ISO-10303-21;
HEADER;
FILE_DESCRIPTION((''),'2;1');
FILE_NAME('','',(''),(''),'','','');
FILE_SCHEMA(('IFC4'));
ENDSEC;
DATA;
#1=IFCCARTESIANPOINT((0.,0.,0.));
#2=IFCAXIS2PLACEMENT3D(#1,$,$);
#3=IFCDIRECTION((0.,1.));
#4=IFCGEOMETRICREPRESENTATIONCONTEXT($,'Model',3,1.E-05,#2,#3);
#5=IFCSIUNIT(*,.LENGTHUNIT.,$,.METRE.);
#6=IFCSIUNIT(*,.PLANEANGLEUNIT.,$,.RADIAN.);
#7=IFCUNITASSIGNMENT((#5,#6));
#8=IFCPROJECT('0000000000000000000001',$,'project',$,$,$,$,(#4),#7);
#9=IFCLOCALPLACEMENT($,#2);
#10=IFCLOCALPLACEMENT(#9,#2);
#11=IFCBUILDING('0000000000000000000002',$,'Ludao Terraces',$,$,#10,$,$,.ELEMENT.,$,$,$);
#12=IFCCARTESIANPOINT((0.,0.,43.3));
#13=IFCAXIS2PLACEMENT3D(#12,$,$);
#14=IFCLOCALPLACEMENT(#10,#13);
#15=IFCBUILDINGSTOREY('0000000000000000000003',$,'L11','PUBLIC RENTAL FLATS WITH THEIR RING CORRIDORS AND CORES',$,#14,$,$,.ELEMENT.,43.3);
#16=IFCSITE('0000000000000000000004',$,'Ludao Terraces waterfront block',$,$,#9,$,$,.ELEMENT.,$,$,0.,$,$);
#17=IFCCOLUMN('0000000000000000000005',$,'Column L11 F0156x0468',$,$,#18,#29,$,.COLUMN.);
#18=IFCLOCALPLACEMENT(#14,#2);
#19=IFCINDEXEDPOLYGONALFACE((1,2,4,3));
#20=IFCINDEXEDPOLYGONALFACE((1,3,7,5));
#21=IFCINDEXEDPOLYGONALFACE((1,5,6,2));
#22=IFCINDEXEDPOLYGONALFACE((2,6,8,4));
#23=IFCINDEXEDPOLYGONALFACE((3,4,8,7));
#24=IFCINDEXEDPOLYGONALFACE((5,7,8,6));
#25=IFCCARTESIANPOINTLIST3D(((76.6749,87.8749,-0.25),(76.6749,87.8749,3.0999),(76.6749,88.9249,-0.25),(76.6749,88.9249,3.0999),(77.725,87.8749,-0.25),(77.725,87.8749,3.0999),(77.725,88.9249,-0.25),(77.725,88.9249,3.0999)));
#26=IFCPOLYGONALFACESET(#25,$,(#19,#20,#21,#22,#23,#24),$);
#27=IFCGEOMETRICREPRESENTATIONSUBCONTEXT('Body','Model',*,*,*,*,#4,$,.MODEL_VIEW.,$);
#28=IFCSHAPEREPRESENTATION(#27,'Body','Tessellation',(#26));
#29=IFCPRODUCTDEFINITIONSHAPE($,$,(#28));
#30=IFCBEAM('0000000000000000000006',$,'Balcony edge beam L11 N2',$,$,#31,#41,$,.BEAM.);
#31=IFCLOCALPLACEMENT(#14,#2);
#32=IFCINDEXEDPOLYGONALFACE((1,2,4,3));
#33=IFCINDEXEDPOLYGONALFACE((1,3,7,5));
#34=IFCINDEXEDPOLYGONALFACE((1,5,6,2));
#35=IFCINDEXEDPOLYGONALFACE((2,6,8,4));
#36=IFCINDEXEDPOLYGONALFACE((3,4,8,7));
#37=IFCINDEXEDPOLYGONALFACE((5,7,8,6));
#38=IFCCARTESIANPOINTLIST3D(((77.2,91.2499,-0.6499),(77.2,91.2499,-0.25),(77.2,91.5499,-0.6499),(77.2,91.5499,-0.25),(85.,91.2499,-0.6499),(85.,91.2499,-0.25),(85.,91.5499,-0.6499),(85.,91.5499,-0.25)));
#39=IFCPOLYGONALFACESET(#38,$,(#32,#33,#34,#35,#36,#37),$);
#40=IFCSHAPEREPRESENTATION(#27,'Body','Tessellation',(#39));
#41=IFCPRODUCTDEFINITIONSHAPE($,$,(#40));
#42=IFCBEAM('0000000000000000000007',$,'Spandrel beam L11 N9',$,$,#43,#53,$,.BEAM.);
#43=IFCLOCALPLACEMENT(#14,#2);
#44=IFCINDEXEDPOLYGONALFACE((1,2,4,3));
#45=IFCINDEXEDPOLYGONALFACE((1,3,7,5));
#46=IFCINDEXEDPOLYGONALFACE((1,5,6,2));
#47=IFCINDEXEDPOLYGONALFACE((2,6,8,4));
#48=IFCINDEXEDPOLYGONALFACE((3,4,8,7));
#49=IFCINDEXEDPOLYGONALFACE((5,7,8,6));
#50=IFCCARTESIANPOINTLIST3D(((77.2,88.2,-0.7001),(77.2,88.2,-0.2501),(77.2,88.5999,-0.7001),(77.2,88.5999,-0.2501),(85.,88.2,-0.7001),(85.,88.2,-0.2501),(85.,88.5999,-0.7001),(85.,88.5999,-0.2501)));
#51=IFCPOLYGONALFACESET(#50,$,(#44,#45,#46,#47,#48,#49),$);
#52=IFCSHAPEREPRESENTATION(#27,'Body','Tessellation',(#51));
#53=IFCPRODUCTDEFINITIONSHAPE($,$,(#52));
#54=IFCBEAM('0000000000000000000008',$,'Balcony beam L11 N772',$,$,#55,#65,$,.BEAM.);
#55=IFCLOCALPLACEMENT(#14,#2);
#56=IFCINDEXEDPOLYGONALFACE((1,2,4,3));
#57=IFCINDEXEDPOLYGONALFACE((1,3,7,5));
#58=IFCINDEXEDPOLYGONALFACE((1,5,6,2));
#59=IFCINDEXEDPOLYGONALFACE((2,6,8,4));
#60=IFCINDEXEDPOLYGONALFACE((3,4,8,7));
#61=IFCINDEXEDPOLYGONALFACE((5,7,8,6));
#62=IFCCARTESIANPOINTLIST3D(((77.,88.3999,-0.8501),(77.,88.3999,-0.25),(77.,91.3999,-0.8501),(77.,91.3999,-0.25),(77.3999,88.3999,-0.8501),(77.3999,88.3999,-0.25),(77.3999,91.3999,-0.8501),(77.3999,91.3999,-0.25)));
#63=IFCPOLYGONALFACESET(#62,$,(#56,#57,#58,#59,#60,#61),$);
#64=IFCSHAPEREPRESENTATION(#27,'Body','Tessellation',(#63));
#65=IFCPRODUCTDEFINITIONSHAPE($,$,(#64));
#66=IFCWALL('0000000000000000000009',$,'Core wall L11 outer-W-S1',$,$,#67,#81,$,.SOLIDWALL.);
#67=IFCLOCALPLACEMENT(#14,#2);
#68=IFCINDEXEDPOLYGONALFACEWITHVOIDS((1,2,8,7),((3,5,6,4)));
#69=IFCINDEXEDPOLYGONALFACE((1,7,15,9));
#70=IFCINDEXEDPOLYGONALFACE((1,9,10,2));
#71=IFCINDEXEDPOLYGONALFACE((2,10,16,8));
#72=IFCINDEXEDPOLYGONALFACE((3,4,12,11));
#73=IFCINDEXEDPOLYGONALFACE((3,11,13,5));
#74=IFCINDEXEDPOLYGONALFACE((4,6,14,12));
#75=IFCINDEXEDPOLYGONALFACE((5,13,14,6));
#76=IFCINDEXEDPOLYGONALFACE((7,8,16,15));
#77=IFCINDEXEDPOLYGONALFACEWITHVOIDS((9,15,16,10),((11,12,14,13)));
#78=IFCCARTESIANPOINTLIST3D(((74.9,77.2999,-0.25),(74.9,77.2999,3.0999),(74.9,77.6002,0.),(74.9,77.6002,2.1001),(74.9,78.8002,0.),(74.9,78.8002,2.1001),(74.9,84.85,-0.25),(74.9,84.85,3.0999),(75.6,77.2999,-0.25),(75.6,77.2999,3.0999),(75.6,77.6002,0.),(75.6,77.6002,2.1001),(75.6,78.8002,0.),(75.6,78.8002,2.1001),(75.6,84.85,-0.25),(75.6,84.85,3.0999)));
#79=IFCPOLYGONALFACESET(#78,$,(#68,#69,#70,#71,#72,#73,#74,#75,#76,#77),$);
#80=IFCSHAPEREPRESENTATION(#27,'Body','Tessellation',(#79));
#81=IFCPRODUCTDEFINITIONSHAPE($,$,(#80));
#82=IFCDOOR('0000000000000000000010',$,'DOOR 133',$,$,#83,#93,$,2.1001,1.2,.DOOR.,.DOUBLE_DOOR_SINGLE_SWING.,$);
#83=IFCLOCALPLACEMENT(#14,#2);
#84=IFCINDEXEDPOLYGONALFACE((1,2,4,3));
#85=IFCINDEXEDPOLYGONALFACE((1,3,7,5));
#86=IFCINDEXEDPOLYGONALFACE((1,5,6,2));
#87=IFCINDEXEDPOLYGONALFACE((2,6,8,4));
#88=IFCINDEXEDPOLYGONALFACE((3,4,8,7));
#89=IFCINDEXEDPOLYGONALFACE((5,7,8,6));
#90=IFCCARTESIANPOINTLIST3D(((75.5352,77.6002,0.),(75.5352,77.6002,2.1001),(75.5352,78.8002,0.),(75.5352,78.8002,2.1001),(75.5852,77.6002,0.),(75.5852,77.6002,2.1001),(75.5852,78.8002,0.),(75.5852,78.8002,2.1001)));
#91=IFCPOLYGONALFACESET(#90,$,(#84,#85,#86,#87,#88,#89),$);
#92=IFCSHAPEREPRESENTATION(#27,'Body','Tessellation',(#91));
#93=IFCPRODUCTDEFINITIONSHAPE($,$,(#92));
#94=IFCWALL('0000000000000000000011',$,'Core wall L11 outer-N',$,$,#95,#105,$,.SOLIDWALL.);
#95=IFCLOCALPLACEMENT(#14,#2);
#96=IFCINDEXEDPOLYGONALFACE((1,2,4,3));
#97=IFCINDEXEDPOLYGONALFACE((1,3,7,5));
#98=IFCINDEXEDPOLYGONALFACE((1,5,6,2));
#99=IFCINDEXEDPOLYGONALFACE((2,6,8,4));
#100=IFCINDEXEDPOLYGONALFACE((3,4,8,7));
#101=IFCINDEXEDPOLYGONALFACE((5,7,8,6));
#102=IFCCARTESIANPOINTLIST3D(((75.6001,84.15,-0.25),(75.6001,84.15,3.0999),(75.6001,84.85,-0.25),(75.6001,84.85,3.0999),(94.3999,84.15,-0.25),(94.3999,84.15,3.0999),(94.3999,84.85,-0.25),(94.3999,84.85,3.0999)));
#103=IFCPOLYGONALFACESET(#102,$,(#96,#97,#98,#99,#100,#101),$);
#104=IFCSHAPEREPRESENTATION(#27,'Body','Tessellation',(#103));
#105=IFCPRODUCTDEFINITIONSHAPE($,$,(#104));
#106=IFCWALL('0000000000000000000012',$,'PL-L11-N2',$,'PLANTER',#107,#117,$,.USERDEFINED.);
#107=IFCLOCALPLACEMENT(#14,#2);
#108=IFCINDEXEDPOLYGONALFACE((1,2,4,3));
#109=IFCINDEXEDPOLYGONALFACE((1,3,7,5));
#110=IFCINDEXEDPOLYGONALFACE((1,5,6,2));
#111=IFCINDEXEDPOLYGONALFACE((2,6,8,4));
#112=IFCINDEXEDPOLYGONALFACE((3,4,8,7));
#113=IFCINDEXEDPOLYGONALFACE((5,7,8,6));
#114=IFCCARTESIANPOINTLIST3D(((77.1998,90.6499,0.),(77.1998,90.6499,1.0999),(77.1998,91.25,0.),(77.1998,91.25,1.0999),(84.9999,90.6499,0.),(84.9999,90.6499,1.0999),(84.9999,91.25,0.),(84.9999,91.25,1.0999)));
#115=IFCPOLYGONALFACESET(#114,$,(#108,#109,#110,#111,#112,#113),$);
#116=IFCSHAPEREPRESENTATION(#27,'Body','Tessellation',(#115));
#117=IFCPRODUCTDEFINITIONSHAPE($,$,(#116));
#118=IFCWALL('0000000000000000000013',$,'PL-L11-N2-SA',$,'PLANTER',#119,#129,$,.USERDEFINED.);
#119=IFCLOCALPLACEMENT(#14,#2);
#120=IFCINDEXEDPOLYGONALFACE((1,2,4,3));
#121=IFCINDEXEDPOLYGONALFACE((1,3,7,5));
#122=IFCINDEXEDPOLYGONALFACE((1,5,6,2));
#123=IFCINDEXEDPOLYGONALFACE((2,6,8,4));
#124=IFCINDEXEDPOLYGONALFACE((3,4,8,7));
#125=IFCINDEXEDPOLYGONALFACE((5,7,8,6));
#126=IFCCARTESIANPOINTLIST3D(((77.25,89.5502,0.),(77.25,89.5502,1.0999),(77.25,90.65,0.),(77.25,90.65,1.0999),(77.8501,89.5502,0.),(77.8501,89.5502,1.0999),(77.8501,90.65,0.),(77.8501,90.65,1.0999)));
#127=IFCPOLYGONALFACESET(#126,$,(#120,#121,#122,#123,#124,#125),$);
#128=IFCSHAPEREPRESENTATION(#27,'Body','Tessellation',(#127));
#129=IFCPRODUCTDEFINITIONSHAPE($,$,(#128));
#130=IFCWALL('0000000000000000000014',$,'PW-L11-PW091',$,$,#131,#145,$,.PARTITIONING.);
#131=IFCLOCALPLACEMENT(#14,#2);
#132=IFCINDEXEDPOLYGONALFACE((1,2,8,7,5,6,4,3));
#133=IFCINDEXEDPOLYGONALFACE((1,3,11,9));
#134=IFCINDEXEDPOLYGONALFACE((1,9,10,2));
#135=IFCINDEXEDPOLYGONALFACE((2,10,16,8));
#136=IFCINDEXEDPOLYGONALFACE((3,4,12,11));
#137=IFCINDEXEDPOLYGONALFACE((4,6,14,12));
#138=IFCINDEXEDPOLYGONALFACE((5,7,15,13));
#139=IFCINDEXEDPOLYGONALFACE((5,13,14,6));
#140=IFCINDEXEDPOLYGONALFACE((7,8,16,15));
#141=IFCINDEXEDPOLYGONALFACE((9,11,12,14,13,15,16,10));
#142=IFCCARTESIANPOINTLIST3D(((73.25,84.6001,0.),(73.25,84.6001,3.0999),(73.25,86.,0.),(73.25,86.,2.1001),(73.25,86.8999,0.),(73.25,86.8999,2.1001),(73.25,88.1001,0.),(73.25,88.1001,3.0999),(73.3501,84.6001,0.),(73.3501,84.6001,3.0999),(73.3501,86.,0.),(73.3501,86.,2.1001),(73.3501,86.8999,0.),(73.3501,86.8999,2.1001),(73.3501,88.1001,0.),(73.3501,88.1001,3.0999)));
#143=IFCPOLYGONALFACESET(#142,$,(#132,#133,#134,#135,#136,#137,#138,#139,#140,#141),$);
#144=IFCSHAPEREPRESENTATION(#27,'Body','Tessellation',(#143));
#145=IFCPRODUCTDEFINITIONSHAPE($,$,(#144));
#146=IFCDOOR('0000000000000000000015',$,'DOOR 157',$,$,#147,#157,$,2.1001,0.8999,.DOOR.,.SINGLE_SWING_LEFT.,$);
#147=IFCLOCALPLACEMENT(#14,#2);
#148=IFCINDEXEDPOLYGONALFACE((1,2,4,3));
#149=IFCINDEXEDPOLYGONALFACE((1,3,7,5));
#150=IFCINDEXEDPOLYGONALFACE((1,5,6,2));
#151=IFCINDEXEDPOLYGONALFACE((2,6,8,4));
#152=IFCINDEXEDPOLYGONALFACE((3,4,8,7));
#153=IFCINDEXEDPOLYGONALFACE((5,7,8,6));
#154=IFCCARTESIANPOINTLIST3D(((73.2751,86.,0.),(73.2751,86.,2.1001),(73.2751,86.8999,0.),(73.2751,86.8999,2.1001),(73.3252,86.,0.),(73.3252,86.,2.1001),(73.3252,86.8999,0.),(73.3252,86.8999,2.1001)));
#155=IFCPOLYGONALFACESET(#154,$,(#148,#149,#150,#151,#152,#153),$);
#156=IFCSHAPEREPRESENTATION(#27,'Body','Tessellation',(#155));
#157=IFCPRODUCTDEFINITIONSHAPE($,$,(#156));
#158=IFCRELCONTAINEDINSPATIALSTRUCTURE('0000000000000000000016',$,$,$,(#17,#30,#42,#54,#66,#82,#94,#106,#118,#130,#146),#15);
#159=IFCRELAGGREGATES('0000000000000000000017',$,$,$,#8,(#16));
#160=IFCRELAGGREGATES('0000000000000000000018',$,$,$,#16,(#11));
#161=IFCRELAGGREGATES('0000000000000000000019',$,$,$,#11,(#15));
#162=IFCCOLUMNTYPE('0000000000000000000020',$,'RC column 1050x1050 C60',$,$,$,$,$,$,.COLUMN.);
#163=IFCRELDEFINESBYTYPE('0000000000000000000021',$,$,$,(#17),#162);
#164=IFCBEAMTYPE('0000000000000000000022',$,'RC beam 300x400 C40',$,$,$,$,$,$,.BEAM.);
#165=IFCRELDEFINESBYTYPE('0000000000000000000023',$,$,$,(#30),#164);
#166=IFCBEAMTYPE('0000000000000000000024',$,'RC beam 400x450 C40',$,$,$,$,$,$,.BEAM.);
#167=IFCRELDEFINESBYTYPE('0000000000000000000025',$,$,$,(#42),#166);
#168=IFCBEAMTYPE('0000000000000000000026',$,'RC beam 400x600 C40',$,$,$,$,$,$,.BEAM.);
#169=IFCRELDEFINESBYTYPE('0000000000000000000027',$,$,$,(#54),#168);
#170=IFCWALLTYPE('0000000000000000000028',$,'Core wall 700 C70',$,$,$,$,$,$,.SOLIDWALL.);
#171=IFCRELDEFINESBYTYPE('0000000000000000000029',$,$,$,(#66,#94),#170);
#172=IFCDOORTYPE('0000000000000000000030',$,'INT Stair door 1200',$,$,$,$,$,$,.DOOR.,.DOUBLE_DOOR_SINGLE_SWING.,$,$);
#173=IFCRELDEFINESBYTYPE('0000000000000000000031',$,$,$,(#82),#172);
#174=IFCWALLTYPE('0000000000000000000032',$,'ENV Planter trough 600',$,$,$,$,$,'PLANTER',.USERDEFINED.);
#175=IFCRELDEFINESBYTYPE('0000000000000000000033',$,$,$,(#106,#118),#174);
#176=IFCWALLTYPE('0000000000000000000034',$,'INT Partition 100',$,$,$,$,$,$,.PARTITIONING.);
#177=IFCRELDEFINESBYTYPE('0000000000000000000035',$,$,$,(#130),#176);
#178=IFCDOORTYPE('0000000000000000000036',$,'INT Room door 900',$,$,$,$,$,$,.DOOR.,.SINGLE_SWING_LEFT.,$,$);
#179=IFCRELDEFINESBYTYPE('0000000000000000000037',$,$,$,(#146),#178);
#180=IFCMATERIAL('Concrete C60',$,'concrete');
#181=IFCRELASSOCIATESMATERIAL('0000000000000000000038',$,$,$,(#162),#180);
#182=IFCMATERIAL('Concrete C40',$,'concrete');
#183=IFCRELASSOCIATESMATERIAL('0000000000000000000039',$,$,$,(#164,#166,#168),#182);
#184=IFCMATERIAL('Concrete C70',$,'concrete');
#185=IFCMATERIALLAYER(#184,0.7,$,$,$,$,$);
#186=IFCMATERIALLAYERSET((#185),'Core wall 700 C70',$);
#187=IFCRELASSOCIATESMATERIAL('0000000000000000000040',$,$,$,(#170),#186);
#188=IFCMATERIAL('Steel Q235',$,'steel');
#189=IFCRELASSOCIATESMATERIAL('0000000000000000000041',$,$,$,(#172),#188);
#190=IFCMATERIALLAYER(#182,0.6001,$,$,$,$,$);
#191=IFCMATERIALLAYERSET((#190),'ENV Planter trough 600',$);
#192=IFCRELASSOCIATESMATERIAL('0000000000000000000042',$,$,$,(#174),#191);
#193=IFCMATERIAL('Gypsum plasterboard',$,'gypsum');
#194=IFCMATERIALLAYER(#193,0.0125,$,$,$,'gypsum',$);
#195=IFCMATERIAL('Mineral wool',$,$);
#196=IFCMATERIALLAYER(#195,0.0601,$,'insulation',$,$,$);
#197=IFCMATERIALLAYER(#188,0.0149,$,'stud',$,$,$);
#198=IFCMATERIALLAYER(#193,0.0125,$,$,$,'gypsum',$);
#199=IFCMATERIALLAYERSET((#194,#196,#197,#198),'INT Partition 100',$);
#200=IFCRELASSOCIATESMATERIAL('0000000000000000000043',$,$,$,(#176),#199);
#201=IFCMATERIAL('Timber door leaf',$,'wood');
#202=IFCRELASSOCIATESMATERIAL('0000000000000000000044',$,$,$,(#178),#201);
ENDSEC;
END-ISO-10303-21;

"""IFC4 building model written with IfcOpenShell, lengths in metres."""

from ifc_helpers import new_model, si_unit, direction, frame, frame_2d, origin, origin_2d, place, context, subcontext, project, spatial, rectangle, extrude, material, layer, layer_set, material_profile, profile_set, type_object, element, fill, save


model = new_model("IFC4")

# Units and contexts
model_context = context("Model", 3, precision=1e-05, world=origin(), true_north=direction((0.0, 1.0)))
body_context = subcontext(model_context, "Body", "Model", "MODEL_VIEW")
ifc_project = project(units=[si_unit("LENGTHUNIT", "METRE"), si_unit("PLANEANGLEUNIT", "RADIAN")], contexts=[model_context])

# Site, building, storey
site_placement = place(None, origin())
site = spatial("IfcSite", under=ifc_project, at=site_placement, Name="Ludao Terraces waterfront block", CompositionType="ELEMENT", RefElevation=0.0)
building_placement = place(site_placement, origin())
building = spatial("IfcBuilding", under=site, at=building_placement, Name="Ludao Terraces", CompositionType="ELEMENT")
storey_placement = place(building_placement, frame((0.0, 0.0, 43.3)))
storey = spatial("IfcBuildingStorey", under=building, at=storey_placement, Name="L11", Description="PUBLIC RENTAL FLATS WITH THEIR RING CORRIDORS AND CORES", CompositionType="ELEMENT", Elevation=43.3)

# Column
ifc_material_1 = material(Name="Concrete C60", Category="concrete")
ifc_material_profile_1 = material_profile(ifc_material_1, rectangle(XDim=1.05, YDim=1.05, at=origin_2d()), Name="1050 X 1050")
ifc_profile_set_1 = profile_set([ifc_material_profile_1], Name="Concrete C60")
column_type = type_object("IfcColumnType", Name="RC column 1050x1050 C60", PredefinedType="COLUMN", material=ifc_profile_set_1)
column_placement = place(storey_placement, frame((77.2, 88.3999, -0.25), z_axis=(0.0, 0.0, 1.0), x_axis=(1.0, 0.0, 0.0)))
element("IfcColumn", 1, at=column_placement, inside=storey, type_object=column_type, Name="Column L11 F0156x0468", PredefinedType="COLUMN", context=body_context, shape_type="SweptSolid", body=[
    extrude(rectangle(XDim=1.05, YDim=1.05, at=origin_2d()), origin(), (0.0, 0.0, 1.0), 3.3499),
])

# Beams
ifc_material_2 = material(Name="Concrete C40", Category="concrete")
ifc_material_profile_2 = material_profile(ifc_material_2, rectangle(XDim=0.3, YDim=0.3999, at=origin_2d()), Name="300 X 400")
ifc_profile_set_2 = profile_set([ifc_material_profile_2], Name="Concrete C40")
beam_type_1 = type_object("IfcBeamType", Name="RC beam 300x400 C40", PredefinedType="BEAM", material=ifc_profile_set_2)
beam_1_placement = place(storey_placement, frame((77.2, 91.3999, -0.45), z_axis=(1.0, 0.0, 0.0), x_axis=(0.0, 1.0, 0.0)))
element("IfcBeam", 2, at=beam_1_placement, inside=storey, type_object=beam_type_1, Name="Balcony edge beam L11 N2", PredefinedType="BEAM", context=body_context, shape_type="SweptSolid", body=[
    extrude(rectangle(XDim=0.3, YDim=0.3999, at=origin_2d()), origin(), (0.0, 0.0, 1.0), 7.8),
])
ifc_material_profile_3 = material_profile(ifc_material_2, rectangle(XDim=0.3999, YDim=0.45, at=origin_2d()), Name="400 X 450")
ifc_profile_set_3 = profile_set([ifc_material_profile_3], Name="Concrete C40")
beam_type_2 = type_object("IfcBeamType", Name="RC beam 400x450 C40", PredefinedType="BEAM", material=ifc_profile_set_3)
beam_2_placement = place(storey_placement, frame((77.2, 88.3999, -0.4751), z_axis=(1.0, 0.0, 0.0), x_axis=(0.0, 1.0, 0.0)))
element("IfcBeam", 3, at=beam_2_placement, inside=storey, type_object=beam_type_2, Name="Spandrel beam L11 N9", PredefinedType="BEAM", context=body_context, shape_type="SweptSolid", body=[
    extrude(rectangle(XDim=0.3999, YDim=0.45, at=origin_2d()), origin(), (0.0, 0.0, 1.0), 7.8),
])
ifc_material_profile_4 = material_profile(ifc_material_2, rectangle(XDim=0.3999, YDim=0.6001, at=origin_2d()), Name="400 X 600")
ifc_profile_set_4 = profile_set([ifc_material_profile_4], Name="Concrete C40")
beam_type_3 = type_object("IfcBeamType", Name="RC beam 400x600 C40", PredefinedType="BEAM", material=ifc_profile_set_4)
beam_3_placement = place(storey_placement, frame((77.2, 88.3999, -0.55), z_axis=(0.0, 1.0, 0.0), x_axis=(-1.0, 0.0, 0.0)))
element("IfcBeam", 4, at=beam_3_placement, inside=storey, type_object=beam_type_3, Name="Balcony beam L11 N772", PredefinedType="BEAM", context=body_context, shape_type="SweptSolid", body=[
    extrude(rectangle(XDim=0.3999, YDim=0.6001, at=origin_2d()), origin(), (0.0, 0.0, 1.0), 3.0),
])

# Wall, opening, door
ifc_material_3 = material(Name="Concrete C70", Category="concrete")
ifc_layer_1 = layer(ifc_material_3, 0.7)
ifc_layer_set_1 = layer_set([ifc_layer_1], Name="Core wall 700 C70")
wall_type_1 = type_object("IfcWallType", Name="Core wall 700 C70", PredefinedType="SOLIDWALL", material=ifc_layer_set_1)
wall_1_placement = place(storey_placement, frame((75.25, 77.3, -0.25), z_axis=(0.0, 0.0, 1.0), x_axis=(0.0, 1.0, 0.0)))
wall_1 = element("IfcWall", 5, at=wall_1_placement, inside=storey, type_object=wall_type_1, Name="Core wall L11 outer-W-S1", PredefinedType="SOLIDWALL", context=body_context, shape_type="SweptSolid", body=[
    extrude(rectangle(XDim=7.55, YDim=0.7, at=frame_2d((3.7749, 0.0))), origin(), (0.0, 0.0, 1.0), 3.3499),
])
opening_1_placement = place(wall_1_placement, frame((0.3, 0.0, 0.25)))
opening_1 = element("IfcOpeningElement", 6, at=opening_1_placement, cuts=wall_1, PredefinedType="OPENING", context=body_context, shape_type="SweptSolid", body=[
    extrude(rectangle(XDim=1.2, YDim=2.1001, at=frame_2d((0.6001, 1.05))), frame((0.0, 0.3599, 0.0), z_axis=(0.0, -1.0, 0.0), x_axis=(1.0, 0.0, 0.0)), (0.0, 0.0, 1.0), 0.72),
])
ifc_material_4 = material(Name="Steel Q235", Category="steel")
door_type_1 = type_object("IfcDoorType", Name="INT Stair door 1200", OperationType="DOUBLE_DOOR_SINGLE_SWING", PredefinedType="DOOR", material=ifc_material_4)
door_1_placement = place(opening_1_placement, origin())
door_1 = element("IfcDoor", 7, at=door_1_placement, inside=storey, type_object=door_type_1, Name="DOOR 133", OperationType="DOUBLE_DOOR_SINGLE_SWING", OverallHeight=2.1001, OverallWidth=1.2, PredefinedType="DOOR", context=body_context, shape_type="SweptSolid", body=[
    extrude(rectangle(XDim=1.2, YDim=2.1001, at=frame_2d((0.6001, 1.05))), frame((0.0, -0.2852, 0.0), z_axis=(0.0, -1.0, 0.0), x_axis=(1.0, 0.0, 0.0)), (0.0, 0.0, 1.0), 0.05),
])
fill(opening_1, door_1)

# Walls
wall_2_placement = place(storey_placement, frame((75.6001, 84.5, -0.25), z_axis=(0.0, 0.0, 1.0), x_axis=(1.0, 0.0, 0.0)))
element("IfcWall", 8, at=wall_2_placement, inside=storey, type_object=wall_type_1, Name="Core wall L11 outer-N", PredefinedType="SOLIDWALL", context=body_context, shape_type="SweptSolid", body=[
    extrude(rectangle(XDim=18.7998, YDim=0.7, at=frame_2d((9.3999, 0.0))), origin(), (0.0, 0.0, 1.0), 3.3499),
])
ifc_layer_2 = layer(ifc_material_2, 0.6001)
ifc_layer_set_2 = layer_set([ifc_layer_2], Name="ENV Planter trough 600")
wall_type_2 = type_object("IfcWallType", Name="ENV Planter trough 600", ElementType="PLANTER", PredefinedType="USERDEFINED", material=ifc_layer_set_2)
wall_3_placement = place(storey_placement, frame((77.2, 90.95, 0.0), z_axis=(0.0, 0.0, 1.0), x_axis=(1.0, 0.0, 0.0)))
element("IfcWall", 9, at=wall_3_placement, inside=storey, type_object=wall_type_2, Name="PL-L11-N2", ObjectType="PLANTER", PredefinedType="USERDEFINED", context=body_context, shape_type="SweptSolid", body=[
    extrude(rectangle(XDim=7.8, YDim=0.6001, at=frame_2d((3.8999, 0.0))), origin(), (0.0, 0.0, 1.0), 1.0999),
])
wall_4_placement = place(storey_placement, frame((77.55, 90.6499, 0.0), z_axis=(0.0, 0.0, 1.0), x_axis=(0.0, -1.0, 0.0)))
element("IfcWall", 10, at=wall_4_placement, inside=storey, type_object=wall_type_2, Name="PL-L11-N2-SA", ObjectType="PLANTER", PredefinedType="USERDEFINED", context=body_context, shape_type="SweptSolid", body=[
    extrude(rectangle(XDim=1.0999, YDim=0.6001, at=frame_2d((0.5498, 0.0))), origin(), (0.0, 0.0, 1.0), 1.0999),
])

# Shared definitions
ifc_material_5 = material(Name="Mineral wool")

# Wall, opening, door
ifc_material_6 = material(Name="Gypsum plasterboard", Category="gypsum")
ifc_layer_3 = layer(ifc_material_6, 0.0125, Category="gypsum")
ifc_layer_4 = layer(ifc_material_5, 0.0601, Name="insulation")
ifc_layer_5 = layer(ifc_material_4, 0.0149, Name="stud")
ifc_layer_6 = layer(ifc_material_6, 0.0125, Category="gypsum")
ifc_layer_set_3 = layer_set([ifc_layer_3, ifc_layer_4, ifc_layer_5, ifc_layer_6], Name="INT Partition 100")
wall_type_3 = type_object("IfcWallType", Name="INT Partition 100", PredefinedType="PARTITIONING", material=ifc_layer_set_3)
wall_5_placement = place(storey_placement, frame((73.3, 84.6001, 0.0), z_axis=(0.0, 0.0, 1.0), x_axis=(0.0, 1.0, 0.0)))
wall_5 = element("IfcWall", 11, at=wall_5_placement, inside=storey, type_object=wall_type_3, Name="PW-L11-PW091", PredefinedType="PARTITIONING", context=body_context, shape_type="SweptSolid", body=[
    extrude(rectangle(XDim=3.5, YDim=0.1001, at=frame_2d((1.75, 0.0))), origin(), (0.0, 0.0, 1.0), 3.0999),
])
opening_2_placement = place(wall_5_placement, frame((1.3999, 0.0, 0.0)))
opening_2 = element("IfcOpeningElement", 12, at=opening_2_placement, cuts=wall_5, PredefinedType="OPENING", context=body_context, shape_type="SweptSolid", body=[
    extrude(rectangle(XDim=0.8999, YDim=2.1001, at=frame_2d((0.45, 1.05))), frame((0.0, 0.0601, 0.0), z_axis=(0.0, -1.0, 0.0), x_axis=(1.0, 0.0, 0.0)), (0.0, 0.0, 1.0), 0.1201),
])
ifc_material_7 = material(Name="Timber door leaf", Category="wood")
door_type_2 = type_object("IfcDoorType", Name="INT Room door 900", OperationType="SINGLE_SWING_LEFT", PredefinedType="DOOR", material=ifc_material_7)
door_2_placement = place(opening_2_placement, origin())
door_2 = element("IfcDoor", 13, at=door_2_placement, inside=storey, type_object=door_type_2, Name="DOOR 157", OperationType="SINGLE_SWING_LEFT", OverallHeight=2.1001, OverallWidth=0.8999, PredefinedType="DOOR", context=body_context, shape_type="SweptSolid", body=[
    extrude(rectangle(XDim=0.8999, YDim=2.1001, at=frame_2d((0.45, 1.05))), frame((0.0, 0.0249, 0.0), z_axis=(0.0, -1.0, 0.0), x_axis=(1.0, 0.0, 0.0)), (0.0, 0.0, 1.0), 0.05),
])
fill(opening_2, door_2)

save(model, "model.ifc")
